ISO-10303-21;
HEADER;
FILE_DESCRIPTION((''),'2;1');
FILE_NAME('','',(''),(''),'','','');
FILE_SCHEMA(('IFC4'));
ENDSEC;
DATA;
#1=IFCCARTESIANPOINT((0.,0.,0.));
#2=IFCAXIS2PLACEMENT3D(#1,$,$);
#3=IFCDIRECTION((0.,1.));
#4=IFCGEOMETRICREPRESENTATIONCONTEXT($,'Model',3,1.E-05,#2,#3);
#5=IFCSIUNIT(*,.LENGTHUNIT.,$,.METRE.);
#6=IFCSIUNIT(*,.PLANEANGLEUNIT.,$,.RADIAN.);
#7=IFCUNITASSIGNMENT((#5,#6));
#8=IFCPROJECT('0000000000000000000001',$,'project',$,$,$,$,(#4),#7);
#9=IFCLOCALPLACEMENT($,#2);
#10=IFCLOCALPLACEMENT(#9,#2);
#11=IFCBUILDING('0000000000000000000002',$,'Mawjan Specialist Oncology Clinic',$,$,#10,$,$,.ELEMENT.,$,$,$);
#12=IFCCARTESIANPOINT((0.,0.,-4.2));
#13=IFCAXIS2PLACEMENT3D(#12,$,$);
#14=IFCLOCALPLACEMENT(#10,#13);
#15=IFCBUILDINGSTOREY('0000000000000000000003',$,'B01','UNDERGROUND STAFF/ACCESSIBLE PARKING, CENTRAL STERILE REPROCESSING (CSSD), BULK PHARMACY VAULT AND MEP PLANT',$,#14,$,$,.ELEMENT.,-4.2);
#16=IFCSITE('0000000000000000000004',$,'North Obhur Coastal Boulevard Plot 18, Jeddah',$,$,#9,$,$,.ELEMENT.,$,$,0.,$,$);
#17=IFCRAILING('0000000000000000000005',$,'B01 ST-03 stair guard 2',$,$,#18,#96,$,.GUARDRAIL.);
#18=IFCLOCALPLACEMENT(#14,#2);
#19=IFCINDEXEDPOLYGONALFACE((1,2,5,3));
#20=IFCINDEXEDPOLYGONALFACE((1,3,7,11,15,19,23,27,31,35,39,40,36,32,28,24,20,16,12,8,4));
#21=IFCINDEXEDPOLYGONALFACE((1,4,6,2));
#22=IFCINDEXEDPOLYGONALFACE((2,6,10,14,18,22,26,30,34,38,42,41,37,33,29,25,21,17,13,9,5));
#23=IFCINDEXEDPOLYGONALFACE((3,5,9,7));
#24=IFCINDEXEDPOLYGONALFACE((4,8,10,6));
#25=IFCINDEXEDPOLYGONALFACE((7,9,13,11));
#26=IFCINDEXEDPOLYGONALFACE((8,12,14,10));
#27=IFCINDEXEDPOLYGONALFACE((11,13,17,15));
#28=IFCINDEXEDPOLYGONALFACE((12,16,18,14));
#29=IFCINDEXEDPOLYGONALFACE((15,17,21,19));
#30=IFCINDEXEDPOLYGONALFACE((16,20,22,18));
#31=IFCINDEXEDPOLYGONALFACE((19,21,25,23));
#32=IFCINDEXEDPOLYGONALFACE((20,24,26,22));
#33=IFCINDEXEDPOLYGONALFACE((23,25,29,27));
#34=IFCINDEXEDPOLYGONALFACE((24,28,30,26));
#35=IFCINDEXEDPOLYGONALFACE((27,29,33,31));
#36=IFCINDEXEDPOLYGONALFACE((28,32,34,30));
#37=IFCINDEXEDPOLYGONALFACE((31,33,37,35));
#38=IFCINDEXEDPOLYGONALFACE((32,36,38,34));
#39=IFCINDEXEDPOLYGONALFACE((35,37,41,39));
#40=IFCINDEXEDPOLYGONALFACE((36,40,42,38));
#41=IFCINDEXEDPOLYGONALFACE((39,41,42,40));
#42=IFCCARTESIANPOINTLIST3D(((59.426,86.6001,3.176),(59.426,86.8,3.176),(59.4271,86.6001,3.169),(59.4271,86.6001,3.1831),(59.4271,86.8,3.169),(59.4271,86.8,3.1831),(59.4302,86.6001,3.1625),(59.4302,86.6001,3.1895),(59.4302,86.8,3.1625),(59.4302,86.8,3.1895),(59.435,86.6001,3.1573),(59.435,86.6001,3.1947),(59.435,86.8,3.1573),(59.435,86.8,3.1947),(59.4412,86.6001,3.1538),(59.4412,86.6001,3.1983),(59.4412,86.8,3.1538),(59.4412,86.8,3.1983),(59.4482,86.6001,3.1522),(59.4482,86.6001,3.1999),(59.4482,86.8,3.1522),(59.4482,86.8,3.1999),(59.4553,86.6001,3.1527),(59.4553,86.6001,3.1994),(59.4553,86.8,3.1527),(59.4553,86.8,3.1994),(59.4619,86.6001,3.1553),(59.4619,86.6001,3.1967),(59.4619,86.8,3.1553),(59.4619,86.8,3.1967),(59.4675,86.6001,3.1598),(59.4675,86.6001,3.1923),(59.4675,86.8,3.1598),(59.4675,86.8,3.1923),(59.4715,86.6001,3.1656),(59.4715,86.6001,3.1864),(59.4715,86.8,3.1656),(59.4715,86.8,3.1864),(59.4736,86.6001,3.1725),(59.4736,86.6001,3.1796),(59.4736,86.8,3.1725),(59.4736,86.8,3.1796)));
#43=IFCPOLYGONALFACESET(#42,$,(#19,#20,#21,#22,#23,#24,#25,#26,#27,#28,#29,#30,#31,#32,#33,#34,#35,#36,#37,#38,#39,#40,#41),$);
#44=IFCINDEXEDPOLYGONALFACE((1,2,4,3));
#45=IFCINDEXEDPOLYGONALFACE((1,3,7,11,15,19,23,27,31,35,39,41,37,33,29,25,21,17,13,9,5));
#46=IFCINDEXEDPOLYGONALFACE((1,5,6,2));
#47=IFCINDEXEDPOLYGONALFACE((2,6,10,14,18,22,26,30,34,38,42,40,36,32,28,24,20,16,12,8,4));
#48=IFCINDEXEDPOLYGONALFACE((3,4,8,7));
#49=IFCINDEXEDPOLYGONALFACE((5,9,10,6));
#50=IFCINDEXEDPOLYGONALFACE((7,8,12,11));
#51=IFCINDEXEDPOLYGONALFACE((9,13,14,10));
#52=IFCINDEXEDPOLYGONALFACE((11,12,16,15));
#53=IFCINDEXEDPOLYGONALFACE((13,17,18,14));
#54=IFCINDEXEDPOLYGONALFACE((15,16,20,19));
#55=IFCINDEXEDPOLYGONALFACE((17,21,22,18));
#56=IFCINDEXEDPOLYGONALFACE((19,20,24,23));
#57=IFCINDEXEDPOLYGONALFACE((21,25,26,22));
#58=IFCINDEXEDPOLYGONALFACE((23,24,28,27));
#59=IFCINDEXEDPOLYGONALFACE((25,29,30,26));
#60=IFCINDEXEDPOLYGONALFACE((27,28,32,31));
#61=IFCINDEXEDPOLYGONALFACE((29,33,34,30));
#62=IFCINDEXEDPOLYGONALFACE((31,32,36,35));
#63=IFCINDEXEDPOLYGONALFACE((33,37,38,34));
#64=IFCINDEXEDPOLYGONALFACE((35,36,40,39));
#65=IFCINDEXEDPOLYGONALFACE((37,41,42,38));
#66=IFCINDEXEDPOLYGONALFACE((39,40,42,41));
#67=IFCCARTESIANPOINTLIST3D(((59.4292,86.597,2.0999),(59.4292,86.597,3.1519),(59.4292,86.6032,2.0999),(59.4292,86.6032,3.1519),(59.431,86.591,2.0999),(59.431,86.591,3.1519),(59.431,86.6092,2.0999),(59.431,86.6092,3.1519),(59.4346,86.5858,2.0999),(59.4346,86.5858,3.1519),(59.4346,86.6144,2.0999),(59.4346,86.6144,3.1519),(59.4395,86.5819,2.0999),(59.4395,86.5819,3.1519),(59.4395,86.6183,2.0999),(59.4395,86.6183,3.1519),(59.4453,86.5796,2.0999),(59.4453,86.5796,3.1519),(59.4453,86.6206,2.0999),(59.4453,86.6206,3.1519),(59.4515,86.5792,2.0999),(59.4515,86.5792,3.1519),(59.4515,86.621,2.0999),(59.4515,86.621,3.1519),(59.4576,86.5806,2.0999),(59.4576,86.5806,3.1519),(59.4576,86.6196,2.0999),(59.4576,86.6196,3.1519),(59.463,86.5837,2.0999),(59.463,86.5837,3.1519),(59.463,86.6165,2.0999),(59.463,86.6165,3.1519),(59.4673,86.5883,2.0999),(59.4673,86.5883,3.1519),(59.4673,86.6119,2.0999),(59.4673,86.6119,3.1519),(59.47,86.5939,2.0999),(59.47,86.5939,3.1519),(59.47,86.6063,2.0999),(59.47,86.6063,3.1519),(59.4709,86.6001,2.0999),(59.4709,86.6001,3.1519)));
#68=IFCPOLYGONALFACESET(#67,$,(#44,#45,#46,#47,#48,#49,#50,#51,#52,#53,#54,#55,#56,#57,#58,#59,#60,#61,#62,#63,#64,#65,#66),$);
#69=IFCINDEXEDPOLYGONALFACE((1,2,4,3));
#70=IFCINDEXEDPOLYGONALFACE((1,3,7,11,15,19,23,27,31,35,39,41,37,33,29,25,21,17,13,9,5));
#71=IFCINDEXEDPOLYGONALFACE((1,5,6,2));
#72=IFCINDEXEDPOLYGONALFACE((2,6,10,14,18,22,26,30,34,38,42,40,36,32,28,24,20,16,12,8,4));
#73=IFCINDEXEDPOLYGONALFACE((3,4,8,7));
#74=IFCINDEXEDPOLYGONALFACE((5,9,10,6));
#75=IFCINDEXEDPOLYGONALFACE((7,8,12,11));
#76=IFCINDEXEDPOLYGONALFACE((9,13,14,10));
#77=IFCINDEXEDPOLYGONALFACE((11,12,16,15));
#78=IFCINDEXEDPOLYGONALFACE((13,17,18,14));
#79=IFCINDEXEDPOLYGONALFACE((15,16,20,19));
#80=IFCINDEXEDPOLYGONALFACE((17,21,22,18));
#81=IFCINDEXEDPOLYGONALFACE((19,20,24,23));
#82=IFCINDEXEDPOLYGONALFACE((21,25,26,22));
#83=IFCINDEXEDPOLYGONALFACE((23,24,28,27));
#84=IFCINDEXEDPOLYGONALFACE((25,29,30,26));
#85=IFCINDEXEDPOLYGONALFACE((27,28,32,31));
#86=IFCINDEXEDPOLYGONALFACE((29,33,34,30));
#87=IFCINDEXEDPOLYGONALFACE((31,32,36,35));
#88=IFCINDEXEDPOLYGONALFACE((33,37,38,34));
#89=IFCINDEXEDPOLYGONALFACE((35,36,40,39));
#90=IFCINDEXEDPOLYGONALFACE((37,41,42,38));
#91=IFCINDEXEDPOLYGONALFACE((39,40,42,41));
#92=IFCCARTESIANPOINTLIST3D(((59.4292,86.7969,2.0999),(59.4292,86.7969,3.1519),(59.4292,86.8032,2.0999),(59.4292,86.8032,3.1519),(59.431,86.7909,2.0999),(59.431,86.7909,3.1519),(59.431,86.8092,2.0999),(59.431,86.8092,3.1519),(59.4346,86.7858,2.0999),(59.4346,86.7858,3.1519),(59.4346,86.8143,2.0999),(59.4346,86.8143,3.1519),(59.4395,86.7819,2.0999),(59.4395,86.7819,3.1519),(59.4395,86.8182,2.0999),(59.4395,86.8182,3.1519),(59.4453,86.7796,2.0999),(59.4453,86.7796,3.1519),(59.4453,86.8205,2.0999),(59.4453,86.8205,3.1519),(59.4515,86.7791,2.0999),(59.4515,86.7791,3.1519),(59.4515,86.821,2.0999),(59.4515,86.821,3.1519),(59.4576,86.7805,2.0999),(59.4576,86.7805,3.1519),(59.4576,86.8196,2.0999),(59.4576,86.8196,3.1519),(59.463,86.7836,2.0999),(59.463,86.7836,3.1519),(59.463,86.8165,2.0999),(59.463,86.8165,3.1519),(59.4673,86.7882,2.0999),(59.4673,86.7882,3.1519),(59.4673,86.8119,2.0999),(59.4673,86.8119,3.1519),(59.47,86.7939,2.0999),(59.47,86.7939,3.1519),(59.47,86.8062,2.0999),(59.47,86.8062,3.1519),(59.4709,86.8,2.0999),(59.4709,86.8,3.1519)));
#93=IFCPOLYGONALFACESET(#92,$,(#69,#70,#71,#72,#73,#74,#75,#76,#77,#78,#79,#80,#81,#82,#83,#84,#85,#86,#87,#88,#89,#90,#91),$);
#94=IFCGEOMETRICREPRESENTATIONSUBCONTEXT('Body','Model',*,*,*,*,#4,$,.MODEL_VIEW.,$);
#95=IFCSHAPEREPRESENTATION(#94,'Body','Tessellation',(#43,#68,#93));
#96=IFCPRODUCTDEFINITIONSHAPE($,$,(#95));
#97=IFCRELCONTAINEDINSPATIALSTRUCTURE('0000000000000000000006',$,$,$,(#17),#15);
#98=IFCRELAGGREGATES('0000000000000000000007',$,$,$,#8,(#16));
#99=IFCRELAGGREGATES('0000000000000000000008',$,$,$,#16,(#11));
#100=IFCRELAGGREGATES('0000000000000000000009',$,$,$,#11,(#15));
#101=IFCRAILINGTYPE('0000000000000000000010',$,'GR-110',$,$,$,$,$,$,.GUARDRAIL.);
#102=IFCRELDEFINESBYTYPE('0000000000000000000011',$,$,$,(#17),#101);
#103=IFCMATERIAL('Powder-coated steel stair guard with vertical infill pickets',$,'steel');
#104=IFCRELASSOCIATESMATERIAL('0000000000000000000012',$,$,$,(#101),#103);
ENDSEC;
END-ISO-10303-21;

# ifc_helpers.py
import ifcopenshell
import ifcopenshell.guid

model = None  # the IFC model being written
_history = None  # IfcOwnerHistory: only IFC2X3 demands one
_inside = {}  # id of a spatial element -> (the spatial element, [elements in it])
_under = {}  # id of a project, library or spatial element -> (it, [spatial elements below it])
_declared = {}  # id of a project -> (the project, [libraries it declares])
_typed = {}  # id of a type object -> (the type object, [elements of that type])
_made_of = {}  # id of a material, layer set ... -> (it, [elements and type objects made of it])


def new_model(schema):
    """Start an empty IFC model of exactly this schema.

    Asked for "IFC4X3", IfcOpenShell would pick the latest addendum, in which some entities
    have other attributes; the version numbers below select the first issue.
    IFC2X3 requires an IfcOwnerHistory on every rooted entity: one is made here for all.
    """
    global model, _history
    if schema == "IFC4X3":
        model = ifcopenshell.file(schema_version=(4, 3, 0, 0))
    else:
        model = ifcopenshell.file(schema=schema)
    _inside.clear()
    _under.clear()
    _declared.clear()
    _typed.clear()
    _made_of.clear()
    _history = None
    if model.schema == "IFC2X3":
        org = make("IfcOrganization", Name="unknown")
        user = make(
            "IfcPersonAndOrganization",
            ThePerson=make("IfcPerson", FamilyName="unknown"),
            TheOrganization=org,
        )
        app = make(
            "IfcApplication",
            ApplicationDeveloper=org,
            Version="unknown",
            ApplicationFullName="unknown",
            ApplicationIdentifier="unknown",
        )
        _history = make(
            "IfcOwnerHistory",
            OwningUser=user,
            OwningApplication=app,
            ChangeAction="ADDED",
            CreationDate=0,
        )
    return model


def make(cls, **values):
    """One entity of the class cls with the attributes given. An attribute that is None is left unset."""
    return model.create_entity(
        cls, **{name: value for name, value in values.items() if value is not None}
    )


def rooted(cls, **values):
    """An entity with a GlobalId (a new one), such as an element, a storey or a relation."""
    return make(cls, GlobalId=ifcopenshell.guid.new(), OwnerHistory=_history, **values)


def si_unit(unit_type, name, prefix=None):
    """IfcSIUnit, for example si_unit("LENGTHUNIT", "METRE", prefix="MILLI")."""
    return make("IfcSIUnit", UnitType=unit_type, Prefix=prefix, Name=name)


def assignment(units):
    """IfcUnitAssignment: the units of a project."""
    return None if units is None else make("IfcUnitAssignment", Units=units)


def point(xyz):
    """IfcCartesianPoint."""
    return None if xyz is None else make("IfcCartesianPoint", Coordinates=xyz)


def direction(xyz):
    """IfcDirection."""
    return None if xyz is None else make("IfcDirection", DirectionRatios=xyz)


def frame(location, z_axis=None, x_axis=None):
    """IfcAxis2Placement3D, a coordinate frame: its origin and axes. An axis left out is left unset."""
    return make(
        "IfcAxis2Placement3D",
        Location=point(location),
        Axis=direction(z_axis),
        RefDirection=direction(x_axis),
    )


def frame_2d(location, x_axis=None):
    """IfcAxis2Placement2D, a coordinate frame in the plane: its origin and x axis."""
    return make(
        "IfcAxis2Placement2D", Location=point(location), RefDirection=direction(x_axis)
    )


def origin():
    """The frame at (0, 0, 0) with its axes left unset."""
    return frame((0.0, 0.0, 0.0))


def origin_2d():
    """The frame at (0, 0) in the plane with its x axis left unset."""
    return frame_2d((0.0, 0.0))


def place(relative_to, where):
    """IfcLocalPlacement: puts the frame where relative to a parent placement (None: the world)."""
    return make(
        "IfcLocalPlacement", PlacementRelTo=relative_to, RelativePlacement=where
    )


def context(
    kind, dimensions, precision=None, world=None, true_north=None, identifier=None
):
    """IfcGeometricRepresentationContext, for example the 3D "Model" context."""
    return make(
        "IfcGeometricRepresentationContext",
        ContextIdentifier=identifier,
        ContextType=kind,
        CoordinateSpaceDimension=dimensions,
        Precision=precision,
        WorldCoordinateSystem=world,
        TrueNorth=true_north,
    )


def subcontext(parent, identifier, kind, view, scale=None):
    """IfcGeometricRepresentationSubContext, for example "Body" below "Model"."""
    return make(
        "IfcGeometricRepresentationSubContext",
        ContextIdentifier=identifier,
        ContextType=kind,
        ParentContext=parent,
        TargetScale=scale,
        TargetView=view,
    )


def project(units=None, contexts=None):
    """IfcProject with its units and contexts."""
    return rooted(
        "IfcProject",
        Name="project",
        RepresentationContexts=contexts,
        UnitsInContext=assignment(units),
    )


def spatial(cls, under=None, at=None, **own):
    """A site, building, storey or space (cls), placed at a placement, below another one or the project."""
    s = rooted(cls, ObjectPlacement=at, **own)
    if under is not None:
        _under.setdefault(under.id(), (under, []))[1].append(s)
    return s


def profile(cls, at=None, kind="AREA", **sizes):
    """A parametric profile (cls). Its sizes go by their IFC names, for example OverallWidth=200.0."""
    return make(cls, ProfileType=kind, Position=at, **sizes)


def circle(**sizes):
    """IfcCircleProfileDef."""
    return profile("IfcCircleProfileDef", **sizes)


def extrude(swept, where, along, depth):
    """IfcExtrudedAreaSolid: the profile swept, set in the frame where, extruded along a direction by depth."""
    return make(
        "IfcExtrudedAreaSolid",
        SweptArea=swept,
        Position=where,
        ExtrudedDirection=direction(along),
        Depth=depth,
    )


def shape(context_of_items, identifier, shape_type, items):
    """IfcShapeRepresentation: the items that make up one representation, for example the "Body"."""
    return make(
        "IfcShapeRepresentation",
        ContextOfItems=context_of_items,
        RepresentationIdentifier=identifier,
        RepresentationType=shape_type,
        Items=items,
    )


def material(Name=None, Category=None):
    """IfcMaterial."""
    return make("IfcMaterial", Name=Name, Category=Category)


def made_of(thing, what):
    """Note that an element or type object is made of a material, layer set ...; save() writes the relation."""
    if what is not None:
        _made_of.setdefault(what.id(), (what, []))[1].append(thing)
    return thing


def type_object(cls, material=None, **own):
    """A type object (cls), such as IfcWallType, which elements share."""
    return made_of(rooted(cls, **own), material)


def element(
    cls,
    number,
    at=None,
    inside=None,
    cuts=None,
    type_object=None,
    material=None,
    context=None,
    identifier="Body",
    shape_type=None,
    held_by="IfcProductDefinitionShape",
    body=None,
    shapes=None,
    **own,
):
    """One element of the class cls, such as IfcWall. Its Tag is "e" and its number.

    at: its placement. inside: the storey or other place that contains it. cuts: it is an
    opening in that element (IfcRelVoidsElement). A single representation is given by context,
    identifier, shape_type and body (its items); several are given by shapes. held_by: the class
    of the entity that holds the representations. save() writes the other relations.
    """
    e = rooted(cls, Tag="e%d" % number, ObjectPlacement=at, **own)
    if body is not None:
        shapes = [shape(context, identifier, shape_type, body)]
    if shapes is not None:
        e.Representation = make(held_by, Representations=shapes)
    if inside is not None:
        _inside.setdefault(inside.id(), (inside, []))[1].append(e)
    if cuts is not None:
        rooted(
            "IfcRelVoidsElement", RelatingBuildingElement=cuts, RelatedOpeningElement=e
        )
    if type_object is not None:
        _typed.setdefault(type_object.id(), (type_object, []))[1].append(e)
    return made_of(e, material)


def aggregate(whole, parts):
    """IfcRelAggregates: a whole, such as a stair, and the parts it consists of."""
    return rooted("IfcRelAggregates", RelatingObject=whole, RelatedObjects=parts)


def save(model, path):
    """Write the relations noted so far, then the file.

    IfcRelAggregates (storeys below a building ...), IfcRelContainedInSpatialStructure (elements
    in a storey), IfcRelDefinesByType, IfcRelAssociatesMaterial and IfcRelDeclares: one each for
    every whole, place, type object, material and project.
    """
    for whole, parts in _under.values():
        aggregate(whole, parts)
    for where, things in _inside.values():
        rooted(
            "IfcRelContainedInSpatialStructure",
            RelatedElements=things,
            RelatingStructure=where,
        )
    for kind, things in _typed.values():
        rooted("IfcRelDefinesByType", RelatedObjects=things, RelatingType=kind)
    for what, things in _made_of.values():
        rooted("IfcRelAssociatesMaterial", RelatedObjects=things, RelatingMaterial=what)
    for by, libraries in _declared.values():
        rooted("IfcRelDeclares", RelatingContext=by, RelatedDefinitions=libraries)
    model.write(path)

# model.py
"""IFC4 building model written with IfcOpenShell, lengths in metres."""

from ifc_helpers import new_model, si_unit, direction, frame, origin, origin_2d, place, context, subcontext, project, spatial, circle, extrude, material, type_object, element, save


model = new_model("IFC4")

# Units and contexts
model_context = context("Model", 3, precision=1e-05, world=origin(), true_north=direction((0.0, 1.0)))
body_context = subcontext(model_context, "Body", "Model", "MODEL_VIEW")
ifc_project = project(units=[si_unit("LENGTHUNIT", "METRE"), si_unit("PLANEANGLEUNIT", "RADIAN")], contexts=[model_context])

# Site, building, storey
site_placement = place(None, origin())
site = spatial("IfcSite", under=ifc_project, at=site_placement, Name="North Obhur Coastal Boulevard Plot 18, Jeddah", CompositionType="ELEMENT", RefElevation=0.0)
building_placement = place(site_placement, origin())
building = spatial("IfcBuilding", under=site, at=building_placement, Name="Mawjan Specialist Oncology Clinic", CompositionType="ELEMENT")
storey_placement = place(building_placement, frame((0.0, 0.0, -4.2)))
storey = spatial("IfcBuildingStorey", under=building, at=storey_placement, Name="B01", Description="UNDERGROUND STAFF/ACCESSIBLE PARKING, CENTRAL STERILE REPROCESSING (CSSD), BULK PHARMACY VAULT AND MEP PLANT", CompositionType="ELEMENT", Elevation=-4.2)

# Railing
ifc_material_1 = material(Name="Powder-coated steel stair guard with vertical infill pickets", Category="steel")
railing_type_1 = type_object("IfcRailingType", Name="GR-110", PredefinedType="GUARDRAIL", material=ifc_material_1)
railing_1_placement = place(storey_placement, frame((59.45, 86.6001, 2.0999)))
element("IfcRailing", 1, at=railing_1_placement, inside=storey, type_object=railing_type_1, Name="B01 ST-03 stair guard 2", PredefinedType="GUARDRAIL", context=body_context, shape_type="SweptSolid", body=[
    extrude(circle(Radius=0.0239, at=origin_2d()), frame((0.0, 0.0, 1.0762), z_axis=(0.0, 1.0, 0.0), x_axis=(-1.0, 0.0, 0.0)), (0.0, 0.0, 1.0), 0.2),
    extrude(circle(Radius=0.021, at=origin_2d()), origin(), (0.0, 0.0, 1.0), 1.052),
    extrude(circle(Radius=0.021, at=origin_2d()), frame((0.0, 0.2, 0.0)), (0.0, 0.0, 1.0), 1.052),
])

save(model, "model.ifc")
